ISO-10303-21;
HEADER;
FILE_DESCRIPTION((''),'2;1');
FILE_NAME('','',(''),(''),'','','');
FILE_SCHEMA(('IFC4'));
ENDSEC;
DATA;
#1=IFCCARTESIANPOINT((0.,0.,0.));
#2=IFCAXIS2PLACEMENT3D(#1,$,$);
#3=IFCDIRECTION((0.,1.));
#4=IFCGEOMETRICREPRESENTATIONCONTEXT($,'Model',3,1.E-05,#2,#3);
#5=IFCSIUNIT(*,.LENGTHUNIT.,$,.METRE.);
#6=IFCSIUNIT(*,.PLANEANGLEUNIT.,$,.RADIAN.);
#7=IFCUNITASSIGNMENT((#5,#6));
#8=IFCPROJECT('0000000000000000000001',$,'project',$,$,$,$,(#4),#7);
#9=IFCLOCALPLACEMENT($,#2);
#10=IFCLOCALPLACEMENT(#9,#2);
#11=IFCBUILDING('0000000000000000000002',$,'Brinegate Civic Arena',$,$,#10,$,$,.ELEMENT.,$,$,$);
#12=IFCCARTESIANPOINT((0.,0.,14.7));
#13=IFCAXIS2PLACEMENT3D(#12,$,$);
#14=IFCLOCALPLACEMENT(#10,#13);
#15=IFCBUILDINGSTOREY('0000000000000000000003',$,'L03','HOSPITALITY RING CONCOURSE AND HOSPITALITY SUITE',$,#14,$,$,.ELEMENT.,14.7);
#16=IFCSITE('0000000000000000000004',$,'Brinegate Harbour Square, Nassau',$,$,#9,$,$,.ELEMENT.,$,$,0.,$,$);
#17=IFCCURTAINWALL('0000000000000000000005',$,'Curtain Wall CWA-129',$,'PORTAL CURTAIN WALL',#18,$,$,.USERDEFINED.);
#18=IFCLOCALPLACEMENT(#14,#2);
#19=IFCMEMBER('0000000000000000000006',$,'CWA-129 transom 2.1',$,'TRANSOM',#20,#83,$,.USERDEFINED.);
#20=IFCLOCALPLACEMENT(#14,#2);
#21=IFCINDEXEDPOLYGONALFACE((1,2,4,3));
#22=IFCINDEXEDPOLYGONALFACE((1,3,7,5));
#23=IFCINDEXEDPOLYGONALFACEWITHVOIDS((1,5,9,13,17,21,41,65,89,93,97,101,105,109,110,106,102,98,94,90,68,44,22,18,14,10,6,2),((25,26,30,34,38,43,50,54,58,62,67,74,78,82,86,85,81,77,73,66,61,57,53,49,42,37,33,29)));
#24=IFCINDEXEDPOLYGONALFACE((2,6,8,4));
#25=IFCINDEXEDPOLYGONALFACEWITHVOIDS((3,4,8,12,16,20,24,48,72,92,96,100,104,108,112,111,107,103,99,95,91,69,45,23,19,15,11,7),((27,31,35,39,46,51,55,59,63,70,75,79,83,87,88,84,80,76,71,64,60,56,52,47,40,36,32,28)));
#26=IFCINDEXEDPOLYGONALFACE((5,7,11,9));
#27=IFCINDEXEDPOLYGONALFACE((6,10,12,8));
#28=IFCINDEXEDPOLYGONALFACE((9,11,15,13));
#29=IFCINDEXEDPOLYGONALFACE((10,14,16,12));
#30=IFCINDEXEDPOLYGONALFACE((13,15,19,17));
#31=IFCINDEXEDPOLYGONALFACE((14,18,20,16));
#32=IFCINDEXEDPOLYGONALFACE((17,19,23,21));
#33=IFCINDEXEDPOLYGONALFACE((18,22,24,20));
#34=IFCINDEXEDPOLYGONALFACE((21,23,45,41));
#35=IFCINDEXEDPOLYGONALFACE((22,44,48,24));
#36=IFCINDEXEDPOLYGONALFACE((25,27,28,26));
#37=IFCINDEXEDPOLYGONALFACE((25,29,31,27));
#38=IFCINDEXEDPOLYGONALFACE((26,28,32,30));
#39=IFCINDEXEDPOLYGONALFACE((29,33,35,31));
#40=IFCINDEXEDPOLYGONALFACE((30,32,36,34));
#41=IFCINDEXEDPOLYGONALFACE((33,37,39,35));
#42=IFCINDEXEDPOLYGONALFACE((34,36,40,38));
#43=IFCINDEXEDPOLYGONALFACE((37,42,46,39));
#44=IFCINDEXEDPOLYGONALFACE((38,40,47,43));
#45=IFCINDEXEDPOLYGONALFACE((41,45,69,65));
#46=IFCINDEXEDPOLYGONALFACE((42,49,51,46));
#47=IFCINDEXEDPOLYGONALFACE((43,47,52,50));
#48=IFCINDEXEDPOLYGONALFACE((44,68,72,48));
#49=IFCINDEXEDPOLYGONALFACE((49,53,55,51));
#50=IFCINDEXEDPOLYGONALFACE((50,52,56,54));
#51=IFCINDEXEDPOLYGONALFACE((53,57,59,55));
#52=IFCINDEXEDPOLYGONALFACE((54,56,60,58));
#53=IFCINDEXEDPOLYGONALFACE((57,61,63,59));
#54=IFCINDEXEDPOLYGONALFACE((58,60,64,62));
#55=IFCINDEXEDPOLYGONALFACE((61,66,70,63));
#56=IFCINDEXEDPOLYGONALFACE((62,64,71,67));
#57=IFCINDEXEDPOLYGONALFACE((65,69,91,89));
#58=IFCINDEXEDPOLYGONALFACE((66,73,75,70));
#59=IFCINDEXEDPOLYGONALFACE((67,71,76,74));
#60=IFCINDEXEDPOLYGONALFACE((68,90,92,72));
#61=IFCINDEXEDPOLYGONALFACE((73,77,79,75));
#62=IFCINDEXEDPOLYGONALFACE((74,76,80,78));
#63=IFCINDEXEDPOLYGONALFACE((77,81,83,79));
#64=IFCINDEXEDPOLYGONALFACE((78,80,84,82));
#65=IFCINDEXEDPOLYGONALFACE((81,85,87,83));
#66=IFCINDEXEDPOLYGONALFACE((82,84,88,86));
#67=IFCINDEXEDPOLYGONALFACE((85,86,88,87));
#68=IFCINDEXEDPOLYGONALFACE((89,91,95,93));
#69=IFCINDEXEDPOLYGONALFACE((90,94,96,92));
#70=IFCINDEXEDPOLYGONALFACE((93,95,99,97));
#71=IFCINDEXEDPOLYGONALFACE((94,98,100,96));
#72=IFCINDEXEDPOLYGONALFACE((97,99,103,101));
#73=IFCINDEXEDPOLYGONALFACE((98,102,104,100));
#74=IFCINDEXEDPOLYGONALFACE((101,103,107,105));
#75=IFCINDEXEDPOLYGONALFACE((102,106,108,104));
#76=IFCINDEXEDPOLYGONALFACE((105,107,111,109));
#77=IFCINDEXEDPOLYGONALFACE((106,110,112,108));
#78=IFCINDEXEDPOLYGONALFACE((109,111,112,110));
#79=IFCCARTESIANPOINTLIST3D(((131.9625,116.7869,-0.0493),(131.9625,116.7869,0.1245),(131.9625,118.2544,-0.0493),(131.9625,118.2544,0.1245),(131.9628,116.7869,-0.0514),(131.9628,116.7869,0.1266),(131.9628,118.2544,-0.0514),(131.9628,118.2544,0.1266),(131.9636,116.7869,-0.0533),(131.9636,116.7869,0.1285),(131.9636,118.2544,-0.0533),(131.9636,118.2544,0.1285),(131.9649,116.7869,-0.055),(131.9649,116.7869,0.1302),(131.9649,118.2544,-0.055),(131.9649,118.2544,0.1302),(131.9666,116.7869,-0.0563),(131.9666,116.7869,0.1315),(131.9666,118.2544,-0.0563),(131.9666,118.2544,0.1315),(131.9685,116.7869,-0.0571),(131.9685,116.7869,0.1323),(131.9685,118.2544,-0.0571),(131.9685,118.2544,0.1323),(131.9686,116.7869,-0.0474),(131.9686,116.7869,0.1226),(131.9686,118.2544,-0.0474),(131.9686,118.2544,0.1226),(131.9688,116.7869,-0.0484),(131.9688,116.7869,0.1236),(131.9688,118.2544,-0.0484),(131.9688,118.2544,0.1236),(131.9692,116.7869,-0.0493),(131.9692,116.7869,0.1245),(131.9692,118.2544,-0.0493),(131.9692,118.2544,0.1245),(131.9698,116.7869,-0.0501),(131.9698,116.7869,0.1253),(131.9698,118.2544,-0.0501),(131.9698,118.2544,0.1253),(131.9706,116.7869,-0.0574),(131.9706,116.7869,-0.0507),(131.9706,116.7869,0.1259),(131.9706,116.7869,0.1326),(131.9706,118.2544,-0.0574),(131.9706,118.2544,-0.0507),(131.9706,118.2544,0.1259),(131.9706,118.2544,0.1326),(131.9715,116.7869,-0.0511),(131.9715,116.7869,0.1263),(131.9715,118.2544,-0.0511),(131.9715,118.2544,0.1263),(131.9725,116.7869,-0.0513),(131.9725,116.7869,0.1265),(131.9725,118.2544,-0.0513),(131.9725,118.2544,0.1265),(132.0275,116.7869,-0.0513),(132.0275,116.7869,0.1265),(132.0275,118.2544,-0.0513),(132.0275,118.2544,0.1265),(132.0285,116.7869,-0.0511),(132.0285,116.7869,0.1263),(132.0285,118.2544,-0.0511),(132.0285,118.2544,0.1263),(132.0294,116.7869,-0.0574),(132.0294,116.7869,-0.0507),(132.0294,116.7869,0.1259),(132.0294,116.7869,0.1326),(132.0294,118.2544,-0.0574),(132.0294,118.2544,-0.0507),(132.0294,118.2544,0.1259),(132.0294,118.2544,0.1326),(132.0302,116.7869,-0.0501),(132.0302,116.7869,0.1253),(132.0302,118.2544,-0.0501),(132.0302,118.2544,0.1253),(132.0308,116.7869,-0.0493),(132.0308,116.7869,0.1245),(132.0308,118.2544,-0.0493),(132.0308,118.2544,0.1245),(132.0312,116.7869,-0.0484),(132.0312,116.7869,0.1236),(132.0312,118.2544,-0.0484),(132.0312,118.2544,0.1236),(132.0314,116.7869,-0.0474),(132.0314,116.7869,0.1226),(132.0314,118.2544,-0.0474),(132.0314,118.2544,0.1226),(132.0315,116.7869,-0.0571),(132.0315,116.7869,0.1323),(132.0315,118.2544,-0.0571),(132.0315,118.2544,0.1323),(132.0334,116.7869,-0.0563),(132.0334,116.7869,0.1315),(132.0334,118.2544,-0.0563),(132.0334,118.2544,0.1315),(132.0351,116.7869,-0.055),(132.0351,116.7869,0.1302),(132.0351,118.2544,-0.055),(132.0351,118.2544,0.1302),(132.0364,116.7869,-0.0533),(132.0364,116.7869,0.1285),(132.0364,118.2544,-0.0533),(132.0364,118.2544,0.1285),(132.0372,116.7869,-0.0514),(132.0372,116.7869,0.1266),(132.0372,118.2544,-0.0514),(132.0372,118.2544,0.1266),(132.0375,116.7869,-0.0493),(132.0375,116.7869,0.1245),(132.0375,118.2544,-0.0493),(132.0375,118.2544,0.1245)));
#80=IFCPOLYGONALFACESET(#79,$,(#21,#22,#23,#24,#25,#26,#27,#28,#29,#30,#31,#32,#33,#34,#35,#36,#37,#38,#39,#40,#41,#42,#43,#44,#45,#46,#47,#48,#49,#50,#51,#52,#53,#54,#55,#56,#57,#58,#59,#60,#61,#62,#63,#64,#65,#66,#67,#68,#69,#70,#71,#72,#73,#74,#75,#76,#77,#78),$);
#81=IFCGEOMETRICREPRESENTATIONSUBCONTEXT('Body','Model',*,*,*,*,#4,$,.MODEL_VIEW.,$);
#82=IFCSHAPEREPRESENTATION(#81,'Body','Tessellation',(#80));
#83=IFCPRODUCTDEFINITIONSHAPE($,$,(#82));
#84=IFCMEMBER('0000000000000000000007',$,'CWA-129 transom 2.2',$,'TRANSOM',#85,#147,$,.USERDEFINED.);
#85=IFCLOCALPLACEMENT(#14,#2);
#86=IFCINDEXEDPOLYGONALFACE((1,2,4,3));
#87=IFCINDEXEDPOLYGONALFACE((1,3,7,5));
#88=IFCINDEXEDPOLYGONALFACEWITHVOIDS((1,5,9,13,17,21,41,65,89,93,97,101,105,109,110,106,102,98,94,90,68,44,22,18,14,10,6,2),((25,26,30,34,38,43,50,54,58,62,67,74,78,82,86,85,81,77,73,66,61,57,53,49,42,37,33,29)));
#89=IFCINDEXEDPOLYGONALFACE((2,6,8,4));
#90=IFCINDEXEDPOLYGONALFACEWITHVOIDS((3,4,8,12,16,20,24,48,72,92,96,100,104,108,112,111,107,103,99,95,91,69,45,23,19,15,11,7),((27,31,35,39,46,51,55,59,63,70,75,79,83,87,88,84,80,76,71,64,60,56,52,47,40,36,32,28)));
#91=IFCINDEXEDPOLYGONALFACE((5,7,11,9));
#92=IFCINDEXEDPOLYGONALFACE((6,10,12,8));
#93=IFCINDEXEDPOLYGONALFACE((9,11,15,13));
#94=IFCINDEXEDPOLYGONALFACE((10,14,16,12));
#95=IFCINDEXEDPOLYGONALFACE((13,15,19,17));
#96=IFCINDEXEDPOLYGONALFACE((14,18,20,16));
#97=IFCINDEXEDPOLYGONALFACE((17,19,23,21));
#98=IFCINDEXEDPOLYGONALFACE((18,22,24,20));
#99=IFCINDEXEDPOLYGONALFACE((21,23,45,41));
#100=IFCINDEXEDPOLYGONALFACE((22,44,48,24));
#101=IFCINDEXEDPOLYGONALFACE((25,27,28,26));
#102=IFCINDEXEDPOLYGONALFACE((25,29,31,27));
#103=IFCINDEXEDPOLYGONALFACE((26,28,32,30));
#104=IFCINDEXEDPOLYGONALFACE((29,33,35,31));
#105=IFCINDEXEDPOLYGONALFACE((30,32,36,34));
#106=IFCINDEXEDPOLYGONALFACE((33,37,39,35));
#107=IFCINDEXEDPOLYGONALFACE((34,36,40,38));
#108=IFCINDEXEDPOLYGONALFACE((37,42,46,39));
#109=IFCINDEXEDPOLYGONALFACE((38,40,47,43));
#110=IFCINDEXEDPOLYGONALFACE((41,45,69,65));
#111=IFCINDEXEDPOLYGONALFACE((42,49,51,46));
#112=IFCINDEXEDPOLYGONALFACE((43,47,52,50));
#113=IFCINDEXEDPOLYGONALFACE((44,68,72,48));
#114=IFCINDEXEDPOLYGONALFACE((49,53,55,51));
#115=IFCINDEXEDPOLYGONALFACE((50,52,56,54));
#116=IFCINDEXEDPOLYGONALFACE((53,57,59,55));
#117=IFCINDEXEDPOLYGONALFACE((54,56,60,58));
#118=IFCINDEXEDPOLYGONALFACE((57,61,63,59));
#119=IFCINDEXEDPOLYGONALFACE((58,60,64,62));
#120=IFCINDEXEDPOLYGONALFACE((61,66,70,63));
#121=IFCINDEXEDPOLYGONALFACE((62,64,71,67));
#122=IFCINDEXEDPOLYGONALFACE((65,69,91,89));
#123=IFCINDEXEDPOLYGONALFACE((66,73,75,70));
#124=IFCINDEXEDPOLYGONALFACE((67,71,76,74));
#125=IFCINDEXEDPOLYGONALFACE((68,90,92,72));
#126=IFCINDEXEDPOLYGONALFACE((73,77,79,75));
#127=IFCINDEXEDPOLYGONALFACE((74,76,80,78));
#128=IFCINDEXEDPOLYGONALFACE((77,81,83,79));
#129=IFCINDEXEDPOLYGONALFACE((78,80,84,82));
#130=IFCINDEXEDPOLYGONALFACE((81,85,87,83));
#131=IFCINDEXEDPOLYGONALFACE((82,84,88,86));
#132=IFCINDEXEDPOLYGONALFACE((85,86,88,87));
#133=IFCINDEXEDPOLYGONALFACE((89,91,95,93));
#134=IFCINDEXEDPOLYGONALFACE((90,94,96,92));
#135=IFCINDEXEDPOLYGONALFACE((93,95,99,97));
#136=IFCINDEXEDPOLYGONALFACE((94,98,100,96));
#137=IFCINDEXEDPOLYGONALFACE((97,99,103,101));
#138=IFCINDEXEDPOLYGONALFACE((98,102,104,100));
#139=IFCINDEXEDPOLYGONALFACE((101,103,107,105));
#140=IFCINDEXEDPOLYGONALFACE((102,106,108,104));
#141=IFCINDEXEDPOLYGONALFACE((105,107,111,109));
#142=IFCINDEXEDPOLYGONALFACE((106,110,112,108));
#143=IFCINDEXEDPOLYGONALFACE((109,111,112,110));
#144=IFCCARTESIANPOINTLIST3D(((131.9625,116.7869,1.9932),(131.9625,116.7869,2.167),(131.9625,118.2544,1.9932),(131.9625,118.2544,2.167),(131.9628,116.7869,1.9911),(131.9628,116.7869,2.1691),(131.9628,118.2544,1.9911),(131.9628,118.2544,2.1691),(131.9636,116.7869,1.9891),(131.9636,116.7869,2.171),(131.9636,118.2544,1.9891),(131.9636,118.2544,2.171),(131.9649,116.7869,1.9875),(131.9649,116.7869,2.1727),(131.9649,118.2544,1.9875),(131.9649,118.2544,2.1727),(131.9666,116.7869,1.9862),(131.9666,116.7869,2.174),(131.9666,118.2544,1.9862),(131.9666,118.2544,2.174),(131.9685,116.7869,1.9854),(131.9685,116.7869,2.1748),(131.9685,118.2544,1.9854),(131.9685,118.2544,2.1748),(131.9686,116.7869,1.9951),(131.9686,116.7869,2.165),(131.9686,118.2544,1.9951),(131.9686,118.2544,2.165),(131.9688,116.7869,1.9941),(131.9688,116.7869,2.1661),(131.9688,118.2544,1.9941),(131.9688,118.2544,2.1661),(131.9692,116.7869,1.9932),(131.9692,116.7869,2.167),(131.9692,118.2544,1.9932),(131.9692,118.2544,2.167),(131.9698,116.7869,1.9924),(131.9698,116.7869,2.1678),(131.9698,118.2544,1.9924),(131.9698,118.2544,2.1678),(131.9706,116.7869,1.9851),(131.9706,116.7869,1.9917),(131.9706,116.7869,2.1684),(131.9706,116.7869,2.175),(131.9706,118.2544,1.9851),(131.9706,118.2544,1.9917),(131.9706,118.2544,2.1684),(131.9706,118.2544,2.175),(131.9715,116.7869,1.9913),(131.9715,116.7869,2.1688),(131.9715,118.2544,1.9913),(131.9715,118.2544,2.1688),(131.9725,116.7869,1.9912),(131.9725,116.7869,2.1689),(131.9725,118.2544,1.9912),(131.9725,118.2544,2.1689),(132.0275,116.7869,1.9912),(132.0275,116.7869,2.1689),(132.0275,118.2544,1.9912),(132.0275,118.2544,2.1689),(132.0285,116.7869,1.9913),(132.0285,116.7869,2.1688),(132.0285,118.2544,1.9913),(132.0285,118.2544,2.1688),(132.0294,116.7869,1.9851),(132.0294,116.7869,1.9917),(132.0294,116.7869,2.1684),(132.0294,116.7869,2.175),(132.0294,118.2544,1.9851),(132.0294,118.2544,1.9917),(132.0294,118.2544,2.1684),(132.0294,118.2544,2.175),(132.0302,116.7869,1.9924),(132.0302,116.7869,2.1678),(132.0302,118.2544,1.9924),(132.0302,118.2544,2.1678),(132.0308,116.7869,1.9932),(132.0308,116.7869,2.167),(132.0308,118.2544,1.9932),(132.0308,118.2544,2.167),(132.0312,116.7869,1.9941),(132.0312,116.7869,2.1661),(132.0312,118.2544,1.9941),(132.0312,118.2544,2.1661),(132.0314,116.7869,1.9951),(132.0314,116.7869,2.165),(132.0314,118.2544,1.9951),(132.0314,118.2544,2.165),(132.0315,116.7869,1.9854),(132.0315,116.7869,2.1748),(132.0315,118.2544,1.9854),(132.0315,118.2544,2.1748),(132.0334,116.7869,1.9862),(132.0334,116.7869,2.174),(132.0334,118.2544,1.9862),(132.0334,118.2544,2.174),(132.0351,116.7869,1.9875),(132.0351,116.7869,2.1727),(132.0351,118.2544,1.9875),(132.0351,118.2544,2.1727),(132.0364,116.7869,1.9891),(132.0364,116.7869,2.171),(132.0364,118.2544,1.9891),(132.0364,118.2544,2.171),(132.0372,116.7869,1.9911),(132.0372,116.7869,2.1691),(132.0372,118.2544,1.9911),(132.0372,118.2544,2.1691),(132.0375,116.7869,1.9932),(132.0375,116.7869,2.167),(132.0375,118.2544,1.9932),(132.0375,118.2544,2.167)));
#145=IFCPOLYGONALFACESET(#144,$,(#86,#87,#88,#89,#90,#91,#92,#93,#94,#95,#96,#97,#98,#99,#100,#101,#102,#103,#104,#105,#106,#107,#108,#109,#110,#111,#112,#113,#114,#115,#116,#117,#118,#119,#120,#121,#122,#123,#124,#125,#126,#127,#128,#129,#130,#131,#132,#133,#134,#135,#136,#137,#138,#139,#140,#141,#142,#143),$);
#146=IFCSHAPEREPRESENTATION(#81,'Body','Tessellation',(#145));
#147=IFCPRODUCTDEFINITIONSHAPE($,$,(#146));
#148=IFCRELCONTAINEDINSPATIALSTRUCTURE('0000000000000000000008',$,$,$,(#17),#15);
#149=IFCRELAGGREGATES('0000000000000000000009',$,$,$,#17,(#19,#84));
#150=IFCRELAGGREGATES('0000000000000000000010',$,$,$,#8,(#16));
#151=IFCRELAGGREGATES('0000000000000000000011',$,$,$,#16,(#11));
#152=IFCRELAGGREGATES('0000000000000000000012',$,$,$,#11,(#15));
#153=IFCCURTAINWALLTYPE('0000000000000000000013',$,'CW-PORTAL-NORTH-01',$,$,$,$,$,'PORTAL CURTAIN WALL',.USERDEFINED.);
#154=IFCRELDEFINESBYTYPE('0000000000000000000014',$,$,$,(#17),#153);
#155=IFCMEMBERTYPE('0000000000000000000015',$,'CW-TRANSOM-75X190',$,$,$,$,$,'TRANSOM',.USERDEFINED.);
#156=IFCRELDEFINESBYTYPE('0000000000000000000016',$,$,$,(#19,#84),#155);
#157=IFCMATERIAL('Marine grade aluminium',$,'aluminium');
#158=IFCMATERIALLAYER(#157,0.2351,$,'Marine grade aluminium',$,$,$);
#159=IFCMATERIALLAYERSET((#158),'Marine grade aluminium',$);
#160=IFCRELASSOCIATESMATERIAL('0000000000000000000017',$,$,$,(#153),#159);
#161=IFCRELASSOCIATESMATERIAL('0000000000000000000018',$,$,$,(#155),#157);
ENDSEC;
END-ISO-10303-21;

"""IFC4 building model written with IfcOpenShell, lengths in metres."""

from ifc_helpers import new_model, si_unit, direction, frame, origin, origin_2d, place, context, subcontext, project, spatial, hollow_rectangle, extrude, material, layer, layer_set, material_profile, profile_set, type_object, element, aggregate, save


model = new_model("IFC4")

# Units and contexts
model_context = context("Model", 3, precision=1e-05, world=origin(), true_north=direction((0.0, 1.0)))
body_context = subcontext(model_context, "Body", "Model", "MODEL_VIEW")
ifc_project = project(units=[si_unit("LENGTHUNIT", "METRE"), si_unit("PLANEANGLEUNIT", "RADIAN")], contexts=[model_context])

# Site, building, storey
site_placement = place(None, origin())
site = spatial("IfcSite", under=ifc_project, at=site_placement, Name="Brinegate Harbour Square, Nassau", CompositionType="ELEMENT", RefElevation=0.0)
building_placement = place(site_placement, origin())
building = spatial("IfcBuilding", under=site, at=building_placement, Name="Brinegate Civic Arena", CompositionType="ELEMENT")
storey_placement = place(building_placement, frame((0.0, 0.0, 14.7)))
storey = spatial("IfcBuildingStorey", under=building, at=storey_placement, Name="L03", Description="HOSPITALITY RING CONCOURSE AND HOSPITALITY SUITE", CompositionType="ELEMENT", Elevation=14.7)

# Curtain wall, members
ifc_material_1 = material(Name="Marine grade aluminium", Category="aluminium")
ifc_layer_1 = layer(ifc_material_1, 0.2351, Name="Marine grade aluminium")
ifc_layer_set_1 = layer_set([ifc_layer_1], Name="Marine grade aluminium")
curtain_wall_type = type_object("IfcCurtainWallType", Name="CW-PORTAL-NORTH-01", ElementType="PORTAL CURTAIN WALL", PredefinedType="USERDEFINED", material=ifc_layer_set_1)
curtain_wall_placement = place(storey_placement, origin())
curtain_wall = element("IfcCurtainWall", 1, at=curtain_wall_placement, inside=storey, type_object=curtain_wall_type, Name="Curtain Wall CWA-129", ObjectType="PORTAL CURTAIN WALL", PredefinedType="USERDEFINED")
ifc_material_profile_1 = material_profile(ifc_material_1, hollow_rectangle(XDim=0.075, YDim=0.1899, WallThickness=0.0061, InnerFilletRadius=0.0039, OuterFilletRadius=0.0081, at=origin_2d()), Name="TRN75X190")
ifc_profile_set_1 = profile_set([ifc_material_profile_1], Name="Marine grade aluminium")
member_type_1 = type_object("IfcMemberType", Name="CW-TRANSOM-75X190", ElementType="TRANSOM", PredefinedType="USERDEFINED", material=ifc_profile_set_1)
member_1_placement = place(storey_placement, frame((132.0, 116.7869, 0.0376), z_axis=(0.0, 1.0, 0.0), x_axis=(-1.0, 0.0, 0.0)))
member_1 = element("IfcMember", 2, at=member_1_placement, type_object=member_type_1, Name="CWA-129 transom 2.1", ObjectType="TRANSOM", PredefinedType="USERDEFINED", context=body_context, shape_type="SweptSolid", body=[
    extrude(hollow_rectangle(XDim=0.075, YDim=0.1899, WallThickness=0.0061, InnerFilletRadius=0.0039, OuterFilletRadius=0.0081, at=origin_2d()), origin(), (0.0, 0.0, 1.0), 1.4675),
])
member_2_placement = place(storey_placement, frame((132.0, 116.7869, 2.0801), z_axis=(0.0, 1.0, 0.0), x_axis=(-1.0, 0.0, 0.0)))
member_2 = element("IfcMember", 3, at=member_2_placement, type_object=member_type_1, Name="CWA-129 transom 2.2", ObjectType="TRANSOM", PredefinedType="USERDEFINED", context=body_context, shape_type="SweptSolid", body=[
    extrude(hollow_rectangle(XDim=0.075, YDim=0.1899, WallThickness=0.0061, InnerFilletRadius=0.0039, OuterFilletRadius=0.0081, at=origin_2d()), origin(), (0.0, 0.0, 1.0), 1.4675),
])

aggregate(curtain_wall, [member_1, member_2])

save(model, "model.ifc")
